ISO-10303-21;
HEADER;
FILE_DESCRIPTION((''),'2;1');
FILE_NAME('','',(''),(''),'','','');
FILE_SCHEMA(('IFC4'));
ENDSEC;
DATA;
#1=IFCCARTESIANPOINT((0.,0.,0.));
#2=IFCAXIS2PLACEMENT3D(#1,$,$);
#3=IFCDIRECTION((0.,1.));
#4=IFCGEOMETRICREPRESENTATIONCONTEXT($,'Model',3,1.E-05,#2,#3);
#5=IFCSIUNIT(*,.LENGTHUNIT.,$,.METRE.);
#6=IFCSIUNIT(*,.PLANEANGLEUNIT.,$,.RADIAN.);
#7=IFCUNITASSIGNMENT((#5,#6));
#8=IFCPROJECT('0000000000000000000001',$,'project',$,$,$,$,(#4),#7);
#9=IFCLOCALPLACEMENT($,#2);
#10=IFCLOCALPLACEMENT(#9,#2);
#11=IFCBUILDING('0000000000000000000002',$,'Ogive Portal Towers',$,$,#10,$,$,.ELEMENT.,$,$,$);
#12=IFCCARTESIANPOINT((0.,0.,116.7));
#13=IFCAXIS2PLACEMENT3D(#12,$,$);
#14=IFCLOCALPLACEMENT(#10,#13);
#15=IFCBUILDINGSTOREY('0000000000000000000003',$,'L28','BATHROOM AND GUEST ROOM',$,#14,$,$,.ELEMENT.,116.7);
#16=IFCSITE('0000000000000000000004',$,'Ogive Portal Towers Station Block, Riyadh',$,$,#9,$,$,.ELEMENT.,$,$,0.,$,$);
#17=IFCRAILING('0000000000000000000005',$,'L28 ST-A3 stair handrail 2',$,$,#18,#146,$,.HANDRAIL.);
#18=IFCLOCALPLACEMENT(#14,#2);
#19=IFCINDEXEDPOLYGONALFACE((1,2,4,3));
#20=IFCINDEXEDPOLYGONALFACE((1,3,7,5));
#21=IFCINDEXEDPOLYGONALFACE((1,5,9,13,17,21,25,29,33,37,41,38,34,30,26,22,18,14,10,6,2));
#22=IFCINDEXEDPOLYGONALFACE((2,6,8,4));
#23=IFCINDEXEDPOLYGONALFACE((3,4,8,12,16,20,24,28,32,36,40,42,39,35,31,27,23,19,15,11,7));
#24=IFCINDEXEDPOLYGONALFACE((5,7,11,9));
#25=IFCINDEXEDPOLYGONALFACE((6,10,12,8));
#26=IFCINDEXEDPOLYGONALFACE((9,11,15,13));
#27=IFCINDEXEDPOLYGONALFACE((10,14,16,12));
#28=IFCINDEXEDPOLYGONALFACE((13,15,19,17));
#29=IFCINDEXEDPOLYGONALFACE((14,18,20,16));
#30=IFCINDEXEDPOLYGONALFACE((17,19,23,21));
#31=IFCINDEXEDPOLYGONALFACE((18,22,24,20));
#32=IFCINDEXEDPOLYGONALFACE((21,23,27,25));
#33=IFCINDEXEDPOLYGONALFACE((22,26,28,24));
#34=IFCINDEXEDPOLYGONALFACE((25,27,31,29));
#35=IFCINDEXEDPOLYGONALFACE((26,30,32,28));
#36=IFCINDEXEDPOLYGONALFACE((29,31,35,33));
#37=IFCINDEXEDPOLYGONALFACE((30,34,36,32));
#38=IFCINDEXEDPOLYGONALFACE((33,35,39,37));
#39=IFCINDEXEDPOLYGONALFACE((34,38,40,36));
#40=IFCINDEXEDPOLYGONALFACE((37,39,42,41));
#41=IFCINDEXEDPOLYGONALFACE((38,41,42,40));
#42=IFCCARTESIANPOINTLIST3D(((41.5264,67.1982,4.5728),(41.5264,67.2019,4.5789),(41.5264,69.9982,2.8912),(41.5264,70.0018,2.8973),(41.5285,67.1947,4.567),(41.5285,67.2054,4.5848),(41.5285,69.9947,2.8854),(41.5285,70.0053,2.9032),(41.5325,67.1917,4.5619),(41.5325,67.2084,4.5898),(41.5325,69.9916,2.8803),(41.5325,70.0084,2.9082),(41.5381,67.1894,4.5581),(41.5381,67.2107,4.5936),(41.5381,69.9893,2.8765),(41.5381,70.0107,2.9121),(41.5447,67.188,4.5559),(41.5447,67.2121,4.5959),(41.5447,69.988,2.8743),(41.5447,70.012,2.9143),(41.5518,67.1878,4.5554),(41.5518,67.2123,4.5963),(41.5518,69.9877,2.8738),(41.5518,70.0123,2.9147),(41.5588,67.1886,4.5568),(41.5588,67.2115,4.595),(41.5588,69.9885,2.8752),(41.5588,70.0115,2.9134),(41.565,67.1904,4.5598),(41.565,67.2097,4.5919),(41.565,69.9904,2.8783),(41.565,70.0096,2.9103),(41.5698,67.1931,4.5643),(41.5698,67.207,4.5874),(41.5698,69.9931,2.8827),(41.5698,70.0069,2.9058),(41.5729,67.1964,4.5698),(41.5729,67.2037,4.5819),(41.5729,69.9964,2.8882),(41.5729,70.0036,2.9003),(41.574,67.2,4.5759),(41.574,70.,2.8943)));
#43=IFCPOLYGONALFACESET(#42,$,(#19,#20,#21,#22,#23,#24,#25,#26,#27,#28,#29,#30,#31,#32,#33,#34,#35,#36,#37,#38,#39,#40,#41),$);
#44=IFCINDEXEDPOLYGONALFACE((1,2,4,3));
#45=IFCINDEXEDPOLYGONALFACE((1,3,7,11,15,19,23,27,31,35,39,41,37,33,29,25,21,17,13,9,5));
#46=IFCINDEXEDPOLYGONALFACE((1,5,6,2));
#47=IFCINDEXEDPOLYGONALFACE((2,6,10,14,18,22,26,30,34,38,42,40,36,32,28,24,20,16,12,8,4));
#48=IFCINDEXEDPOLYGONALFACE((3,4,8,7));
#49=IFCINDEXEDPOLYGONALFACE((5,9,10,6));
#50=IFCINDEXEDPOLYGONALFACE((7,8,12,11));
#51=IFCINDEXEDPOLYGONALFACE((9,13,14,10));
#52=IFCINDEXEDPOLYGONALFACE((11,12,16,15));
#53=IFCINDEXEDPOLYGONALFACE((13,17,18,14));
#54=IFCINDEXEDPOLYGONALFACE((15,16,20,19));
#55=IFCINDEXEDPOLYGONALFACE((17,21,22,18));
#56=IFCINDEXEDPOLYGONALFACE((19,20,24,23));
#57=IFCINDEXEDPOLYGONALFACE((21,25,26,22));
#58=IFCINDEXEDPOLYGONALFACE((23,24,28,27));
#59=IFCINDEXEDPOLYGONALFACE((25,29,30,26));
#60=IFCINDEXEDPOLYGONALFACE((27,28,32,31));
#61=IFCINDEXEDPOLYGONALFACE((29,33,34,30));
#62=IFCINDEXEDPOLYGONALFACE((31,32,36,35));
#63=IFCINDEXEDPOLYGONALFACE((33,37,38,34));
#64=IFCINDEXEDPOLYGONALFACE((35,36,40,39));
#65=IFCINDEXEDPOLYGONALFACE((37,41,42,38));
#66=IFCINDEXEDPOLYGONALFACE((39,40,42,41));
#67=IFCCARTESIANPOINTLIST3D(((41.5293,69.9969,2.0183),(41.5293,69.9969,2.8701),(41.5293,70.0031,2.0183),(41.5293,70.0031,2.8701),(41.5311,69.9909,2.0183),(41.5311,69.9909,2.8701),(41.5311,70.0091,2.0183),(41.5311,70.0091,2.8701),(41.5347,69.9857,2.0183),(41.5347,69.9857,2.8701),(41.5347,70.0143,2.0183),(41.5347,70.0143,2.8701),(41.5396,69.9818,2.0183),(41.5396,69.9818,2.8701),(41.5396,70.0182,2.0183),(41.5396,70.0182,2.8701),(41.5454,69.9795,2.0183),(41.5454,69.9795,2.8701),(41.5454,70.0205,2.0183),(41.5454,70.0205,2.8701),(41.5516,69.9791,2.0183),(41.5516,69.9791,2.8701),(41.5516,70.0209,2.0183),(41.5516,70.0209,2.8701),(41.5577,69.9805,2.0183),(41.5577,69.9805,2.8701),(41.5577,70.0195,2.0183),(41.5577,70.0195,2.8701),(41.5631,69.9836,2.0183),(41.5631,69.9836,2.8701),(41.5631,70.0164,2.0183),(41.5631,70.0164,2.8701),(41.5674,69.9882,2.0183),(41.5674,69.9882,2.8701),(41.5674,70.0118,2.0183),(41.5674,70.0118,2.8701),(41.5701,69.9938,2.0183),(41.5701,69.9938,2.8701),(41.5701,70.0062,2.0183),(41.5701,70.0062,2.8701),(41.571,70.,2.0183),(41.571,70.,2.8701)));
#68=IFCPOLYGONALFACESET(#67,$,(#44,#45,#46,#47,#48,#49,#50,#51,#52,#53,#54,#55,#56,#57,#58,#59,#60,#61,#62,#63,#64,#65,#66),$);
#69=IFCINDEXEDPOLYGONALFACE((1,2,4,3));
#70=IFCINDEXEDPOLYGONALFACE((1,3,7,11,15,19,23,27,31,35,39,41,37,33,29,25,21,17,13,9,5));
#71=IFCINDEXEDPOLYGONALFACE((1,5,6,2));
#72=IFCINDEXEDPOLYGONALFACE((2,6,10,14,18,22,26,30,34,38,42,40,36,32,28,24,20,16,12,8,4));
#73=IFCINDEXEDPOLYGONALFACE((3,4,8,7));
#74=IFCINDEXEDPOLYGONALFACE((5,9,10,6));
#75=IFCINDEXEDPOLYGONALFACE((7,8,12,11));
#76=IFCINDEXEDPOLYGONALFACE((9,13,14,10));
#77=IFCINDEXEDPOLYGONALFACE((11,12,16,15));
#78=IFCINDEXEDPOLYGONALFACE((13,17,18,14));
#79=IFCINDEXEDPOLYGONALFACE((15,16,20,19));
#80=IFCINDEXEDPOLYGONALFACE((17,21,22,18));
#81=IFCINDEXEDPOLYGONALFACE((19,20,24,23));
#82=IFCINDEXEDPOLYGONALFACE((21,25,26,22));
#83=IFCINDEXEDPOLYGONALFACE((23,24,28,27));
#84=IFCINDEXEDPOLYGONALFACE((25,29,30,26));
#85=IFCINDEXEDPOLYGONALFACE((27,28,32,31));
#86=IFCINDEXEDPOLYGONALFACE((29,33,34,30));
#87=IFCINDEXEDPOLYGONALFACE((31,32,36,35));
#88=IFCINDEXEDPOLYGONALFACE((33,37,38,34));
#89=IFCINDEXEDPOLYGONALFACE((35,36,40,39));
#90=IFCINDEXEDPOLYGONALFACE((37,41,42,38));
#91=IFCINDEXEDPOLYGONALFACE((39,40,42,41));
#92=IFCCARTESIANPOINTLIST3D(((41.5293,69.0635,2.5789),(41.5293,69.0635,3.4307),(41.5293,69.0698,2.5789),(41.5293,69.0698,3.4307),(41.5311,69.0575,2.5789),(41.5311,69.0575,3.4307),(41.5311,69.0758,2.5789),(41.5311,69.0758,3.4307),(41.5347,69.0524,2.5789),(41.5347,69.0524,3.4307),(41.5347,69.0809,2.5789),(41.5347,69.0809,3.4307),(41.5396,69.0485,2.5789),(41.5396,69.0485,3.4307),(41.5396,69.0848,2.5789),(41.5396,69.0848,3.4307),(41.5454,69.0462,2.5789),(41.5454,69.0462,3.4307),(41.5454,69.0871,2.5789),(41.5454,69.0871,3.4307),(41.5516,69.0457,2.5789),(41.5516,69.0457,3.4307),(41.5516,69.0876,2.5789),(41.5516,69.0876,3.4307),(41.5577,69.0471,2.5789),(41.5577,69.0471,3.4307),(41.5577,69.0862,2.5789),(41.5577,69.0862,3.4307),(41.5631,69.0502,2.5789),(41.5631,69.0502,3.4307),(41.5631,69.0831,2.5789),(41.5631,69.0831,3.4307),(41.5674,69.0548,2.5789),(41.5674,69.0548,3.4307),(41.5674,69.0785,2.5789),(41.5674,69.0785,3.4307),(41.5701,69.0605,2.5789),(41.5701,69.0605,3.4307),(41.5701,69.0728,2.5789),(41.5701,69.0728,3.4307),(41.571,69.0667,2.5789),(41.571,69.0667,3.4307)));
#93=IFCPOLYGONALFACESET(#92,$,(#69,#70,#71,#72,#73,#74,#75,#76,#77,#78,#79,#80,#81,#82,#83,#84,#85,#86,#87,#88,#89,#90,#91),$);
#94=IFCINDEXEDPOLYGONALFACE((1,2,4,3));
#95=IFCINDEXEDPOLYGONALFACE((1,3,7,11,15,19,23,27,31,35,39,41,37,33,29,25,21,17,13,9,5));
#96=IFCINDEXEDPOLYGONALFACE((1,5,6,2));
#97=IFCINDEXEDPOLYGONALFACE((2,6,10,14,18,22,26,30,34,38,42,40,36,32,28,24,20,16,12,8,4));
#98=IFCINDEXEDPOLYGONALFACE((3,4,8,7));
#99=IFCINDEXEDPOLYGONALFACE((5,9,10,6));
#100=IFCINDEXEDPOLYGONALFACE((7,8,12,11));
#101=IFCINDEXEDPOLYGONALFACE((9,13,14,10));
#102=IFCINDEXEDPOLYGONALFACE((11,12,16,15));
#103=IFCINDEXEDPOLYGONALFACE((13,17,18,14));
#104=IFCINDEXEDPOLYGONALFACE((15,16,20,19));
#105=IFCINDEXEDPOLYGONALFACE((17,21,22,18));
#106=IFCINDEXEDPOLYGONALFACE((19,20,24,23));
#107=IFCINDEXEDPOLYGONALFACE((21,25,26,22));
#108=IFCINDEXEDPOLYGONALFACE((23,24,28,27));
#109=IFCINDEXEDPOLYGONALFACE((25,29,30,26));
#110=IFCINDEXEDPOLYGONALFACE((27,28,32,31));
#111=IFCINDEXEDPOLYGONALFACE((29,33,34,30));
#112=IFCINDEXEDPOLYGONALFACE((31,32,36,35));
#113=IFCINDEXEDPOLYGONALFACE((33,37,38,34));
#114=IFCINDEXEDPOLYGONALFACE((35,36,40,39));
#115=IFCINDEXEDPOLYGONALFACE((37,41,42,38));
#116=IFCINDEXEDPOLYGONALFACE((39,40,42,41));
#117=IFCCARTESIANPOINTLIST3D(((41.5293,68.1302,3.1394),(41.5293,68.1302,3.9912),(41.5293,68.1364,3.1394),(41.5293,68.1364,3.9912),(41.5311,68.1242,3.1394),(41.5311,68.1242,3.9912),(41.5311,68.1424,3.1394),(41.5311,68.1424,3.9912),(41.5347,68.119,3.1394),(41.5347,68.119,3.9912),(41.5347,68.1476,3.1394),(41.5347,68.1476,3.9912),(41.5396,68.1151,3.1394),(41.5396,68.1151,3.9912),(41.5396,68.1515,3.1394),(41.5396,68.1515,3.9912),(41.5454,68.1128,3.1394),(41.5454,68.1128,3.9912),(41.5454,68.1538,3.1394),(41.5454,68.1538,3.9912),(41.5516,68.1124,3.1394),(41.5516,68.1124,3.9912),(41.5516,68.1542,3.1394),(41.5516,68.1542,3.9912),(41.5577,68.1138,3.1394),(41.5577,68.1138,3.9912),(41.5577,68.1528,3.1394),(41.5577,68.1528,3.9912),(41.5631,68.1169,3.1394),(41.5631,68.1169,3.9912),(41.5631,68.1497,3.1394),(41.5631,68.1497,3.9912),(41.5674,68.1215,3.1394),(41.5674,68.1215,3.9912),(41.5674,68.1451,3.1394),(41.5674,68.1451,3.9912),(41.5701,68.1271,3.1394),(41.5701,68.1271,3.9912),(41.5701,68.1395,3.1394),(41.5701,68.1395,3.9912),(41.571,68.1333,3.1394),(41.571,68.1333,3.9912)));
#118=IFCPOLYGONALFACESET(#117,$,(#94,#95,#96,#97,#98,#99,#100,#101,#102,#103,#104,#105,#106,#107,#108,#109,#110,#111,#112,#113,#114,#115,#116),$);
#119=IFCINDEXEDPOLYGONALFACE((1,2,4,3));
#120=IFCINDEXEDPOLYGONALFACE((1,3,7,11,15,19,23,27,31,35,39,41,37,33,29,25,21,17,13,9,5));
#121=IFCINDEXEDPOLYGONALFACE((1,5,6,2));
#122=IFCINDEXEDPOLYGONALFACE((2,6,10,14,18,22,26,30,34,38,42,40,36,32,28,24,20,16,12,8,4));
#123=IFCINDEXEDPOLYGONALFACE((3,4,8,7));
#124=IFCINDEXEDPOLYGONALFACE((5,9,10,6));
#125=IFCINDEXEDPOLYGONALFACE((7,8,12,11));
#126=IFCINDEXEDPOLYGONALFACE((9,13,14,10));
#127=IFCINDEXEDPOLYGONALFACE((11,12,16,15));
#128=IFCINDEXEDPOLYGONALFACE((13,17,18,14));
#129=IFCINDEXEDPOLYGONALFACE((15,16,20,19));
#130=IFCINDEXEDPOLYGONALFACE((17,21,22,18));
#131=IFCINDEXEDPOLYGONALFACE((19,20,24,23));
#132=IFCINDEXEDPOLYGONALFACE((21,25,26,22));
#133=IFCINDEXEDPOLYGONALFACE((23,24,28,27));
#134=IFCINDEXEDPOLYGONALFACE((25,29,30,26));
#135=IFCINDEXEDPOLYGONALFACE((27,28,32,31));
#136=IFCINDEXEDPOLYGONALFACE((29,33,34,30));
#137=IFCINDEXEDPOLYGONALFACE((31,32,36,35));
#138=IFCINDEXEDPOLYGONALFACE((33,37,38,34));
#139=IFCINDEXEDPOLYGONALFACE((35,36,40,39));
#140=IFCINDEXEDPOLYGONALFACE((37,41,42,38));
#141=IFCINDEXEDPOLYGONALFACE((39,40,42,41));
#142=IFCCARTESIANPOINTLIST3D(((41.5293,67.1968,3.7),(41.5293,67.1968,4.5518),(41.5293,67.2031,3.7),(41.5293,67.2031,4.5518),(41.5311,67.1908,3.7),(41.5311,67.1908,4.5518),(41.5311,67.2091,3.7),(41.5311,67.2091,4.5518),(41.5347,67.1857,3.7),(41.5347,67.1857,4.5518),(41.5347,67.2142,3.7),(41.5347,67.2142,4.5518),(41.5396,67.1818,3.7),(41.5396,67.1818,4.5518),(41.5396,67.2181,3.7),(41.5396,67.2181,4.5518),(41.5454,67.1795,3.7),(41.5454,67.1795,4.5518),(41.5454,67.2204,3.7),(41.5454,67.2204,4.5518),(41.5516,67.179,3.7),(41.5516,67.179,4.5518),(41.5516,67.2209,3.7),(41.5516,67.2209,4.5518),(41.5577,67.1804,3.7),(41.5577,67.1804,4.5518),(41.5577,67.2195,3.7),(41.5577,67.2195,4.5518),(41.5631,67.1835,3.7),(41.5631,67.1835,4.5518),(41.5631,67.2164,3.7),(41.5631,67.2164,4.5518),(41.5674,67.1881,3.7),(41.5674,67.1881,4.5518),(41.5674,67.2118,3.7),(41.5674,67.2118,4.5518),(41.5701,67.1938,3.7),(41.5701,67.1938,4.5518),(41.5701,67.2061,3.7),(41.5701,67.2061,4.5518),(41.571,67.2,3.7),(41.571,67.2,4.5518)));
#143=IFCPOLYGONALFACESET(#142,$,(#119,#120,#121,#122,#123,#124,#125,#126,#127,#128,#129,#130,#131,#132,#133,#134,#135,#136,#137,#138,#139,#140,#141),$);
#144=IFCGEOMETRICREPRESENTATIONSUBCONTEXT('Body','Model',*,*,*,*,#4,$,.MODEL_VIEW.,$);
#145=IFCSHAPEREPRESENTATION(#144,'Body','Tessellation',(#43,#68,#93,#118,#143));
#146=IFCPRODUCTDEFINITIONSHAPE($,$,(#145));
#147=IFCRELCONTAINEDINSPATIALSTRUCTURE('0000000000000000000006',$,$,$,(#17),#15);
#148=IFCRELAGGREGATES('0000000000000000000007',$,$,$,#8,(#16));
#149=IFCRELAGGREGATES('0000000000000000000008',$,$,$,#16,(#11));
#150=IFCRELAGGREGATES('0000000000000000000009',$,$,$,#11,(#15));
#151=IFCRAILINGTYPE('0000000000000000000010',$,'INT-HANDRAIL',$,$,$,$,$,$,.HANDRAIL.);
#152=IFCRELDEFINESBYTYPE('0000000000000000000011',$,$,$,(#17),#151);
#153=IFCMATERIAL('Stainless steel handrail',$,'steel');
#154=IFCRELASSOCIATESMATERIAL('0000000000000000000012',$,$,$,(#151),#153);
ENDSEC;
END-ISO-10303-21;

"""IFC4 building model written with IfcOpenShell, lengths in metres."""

from ifc_helpers import new_model, si_unit, direction, frame, origin, origin_2d, place, context, subcontext, project, spatial, circle, extrude, material, type_object, element, save


model = new_model("IFC4")

# Units and contexts
model_context = context("Model", 3, precision=1e-05, world=origin(), true_north=direction((0.0, 1.0)))
body_context = subcontext(model_context, "Body", "Model", "MODEL_VIEW")
ifc_project = project(units=[si_unit("LENGTHUNIT", "METRE"), si_unit("PLANEANGLEUNIT", "RADIAN")], contexts=[model_context])

# Site, building, storey
site_placement = place(None, origin())
site = spatial("IfcSite", under=ifc_project, at=site_placement, Name="Ogive Portal Towers Station Block, Riyadh", CompositionType="ELEMENT", RefElevation=0.0)
building_placement = place(site_placement, origin())
building = spatial("IfcBuilding", under=site, at=building_placement, Name="Ogive Portal Towers", CompositionType="ELEMENT")
storey_placement = place(building_placement, frame((0.0, 0.0, 116.7)))
storey = spatial("IfcBuildingStorey", under=building, at=storey_placement, Name="L28", Description="BATHROOM AND GUEST ROOM", CompositionType="ELEMENT", Elevation=116.7)

# Railing
ifc_material_1 = material(Name="Stainless steel handrail", Category="steel")
railing_type_1 = type_object("IfcRailingType", Name="INT-HANDRAIL", PredefinedType="HANDRAIL", material=ifc_material_1)
railing_1_placement = place(storey_placement, frame((41.55, 70.0, 2.0183)))
element("IfcRailing", 1, at=railing_1_placement, inside=storey, type_object=railing_type_1, Name="L28 ST-A3 stair handrail 2", PredefinedType="HANDRAIL", context=body_context, shape_type="SweptSolid", body=[
    extrude(circle(Radius=0.0239, at=origin_2d()), frame((0.0, 0.0, 0.876), z_axis=(0.0, -0.857275, 0.514858), x_axis=(1.0, 0.0, 0.0)), (0.0, 0.0, 1.0), 3.2661),
    extrude(circle(Radius=0.021, at=origin_2d()), origin(), (0.0, 0.0, 1.0), 0.8518),
    extrude(circle(Radius=0.021, at=origin_2d()), frame((0.0, -0.9333, 0.5605)), (0.0, 0.0, 1.0), 0.8518),
    extrude(circle(Radius=0.021, at=origin_2d()), frame((0.0, -1.8667, 1.1211)), (0.0, 0.0, 1.0), 0.8518),
    extrude(circle(Radius=0.021, at=origin_2d()), frame((0.0, -2.8, 1.6816)), (0.0, 0.0, 1.0), 0.8518),
])

save(model, "model.ifc")
